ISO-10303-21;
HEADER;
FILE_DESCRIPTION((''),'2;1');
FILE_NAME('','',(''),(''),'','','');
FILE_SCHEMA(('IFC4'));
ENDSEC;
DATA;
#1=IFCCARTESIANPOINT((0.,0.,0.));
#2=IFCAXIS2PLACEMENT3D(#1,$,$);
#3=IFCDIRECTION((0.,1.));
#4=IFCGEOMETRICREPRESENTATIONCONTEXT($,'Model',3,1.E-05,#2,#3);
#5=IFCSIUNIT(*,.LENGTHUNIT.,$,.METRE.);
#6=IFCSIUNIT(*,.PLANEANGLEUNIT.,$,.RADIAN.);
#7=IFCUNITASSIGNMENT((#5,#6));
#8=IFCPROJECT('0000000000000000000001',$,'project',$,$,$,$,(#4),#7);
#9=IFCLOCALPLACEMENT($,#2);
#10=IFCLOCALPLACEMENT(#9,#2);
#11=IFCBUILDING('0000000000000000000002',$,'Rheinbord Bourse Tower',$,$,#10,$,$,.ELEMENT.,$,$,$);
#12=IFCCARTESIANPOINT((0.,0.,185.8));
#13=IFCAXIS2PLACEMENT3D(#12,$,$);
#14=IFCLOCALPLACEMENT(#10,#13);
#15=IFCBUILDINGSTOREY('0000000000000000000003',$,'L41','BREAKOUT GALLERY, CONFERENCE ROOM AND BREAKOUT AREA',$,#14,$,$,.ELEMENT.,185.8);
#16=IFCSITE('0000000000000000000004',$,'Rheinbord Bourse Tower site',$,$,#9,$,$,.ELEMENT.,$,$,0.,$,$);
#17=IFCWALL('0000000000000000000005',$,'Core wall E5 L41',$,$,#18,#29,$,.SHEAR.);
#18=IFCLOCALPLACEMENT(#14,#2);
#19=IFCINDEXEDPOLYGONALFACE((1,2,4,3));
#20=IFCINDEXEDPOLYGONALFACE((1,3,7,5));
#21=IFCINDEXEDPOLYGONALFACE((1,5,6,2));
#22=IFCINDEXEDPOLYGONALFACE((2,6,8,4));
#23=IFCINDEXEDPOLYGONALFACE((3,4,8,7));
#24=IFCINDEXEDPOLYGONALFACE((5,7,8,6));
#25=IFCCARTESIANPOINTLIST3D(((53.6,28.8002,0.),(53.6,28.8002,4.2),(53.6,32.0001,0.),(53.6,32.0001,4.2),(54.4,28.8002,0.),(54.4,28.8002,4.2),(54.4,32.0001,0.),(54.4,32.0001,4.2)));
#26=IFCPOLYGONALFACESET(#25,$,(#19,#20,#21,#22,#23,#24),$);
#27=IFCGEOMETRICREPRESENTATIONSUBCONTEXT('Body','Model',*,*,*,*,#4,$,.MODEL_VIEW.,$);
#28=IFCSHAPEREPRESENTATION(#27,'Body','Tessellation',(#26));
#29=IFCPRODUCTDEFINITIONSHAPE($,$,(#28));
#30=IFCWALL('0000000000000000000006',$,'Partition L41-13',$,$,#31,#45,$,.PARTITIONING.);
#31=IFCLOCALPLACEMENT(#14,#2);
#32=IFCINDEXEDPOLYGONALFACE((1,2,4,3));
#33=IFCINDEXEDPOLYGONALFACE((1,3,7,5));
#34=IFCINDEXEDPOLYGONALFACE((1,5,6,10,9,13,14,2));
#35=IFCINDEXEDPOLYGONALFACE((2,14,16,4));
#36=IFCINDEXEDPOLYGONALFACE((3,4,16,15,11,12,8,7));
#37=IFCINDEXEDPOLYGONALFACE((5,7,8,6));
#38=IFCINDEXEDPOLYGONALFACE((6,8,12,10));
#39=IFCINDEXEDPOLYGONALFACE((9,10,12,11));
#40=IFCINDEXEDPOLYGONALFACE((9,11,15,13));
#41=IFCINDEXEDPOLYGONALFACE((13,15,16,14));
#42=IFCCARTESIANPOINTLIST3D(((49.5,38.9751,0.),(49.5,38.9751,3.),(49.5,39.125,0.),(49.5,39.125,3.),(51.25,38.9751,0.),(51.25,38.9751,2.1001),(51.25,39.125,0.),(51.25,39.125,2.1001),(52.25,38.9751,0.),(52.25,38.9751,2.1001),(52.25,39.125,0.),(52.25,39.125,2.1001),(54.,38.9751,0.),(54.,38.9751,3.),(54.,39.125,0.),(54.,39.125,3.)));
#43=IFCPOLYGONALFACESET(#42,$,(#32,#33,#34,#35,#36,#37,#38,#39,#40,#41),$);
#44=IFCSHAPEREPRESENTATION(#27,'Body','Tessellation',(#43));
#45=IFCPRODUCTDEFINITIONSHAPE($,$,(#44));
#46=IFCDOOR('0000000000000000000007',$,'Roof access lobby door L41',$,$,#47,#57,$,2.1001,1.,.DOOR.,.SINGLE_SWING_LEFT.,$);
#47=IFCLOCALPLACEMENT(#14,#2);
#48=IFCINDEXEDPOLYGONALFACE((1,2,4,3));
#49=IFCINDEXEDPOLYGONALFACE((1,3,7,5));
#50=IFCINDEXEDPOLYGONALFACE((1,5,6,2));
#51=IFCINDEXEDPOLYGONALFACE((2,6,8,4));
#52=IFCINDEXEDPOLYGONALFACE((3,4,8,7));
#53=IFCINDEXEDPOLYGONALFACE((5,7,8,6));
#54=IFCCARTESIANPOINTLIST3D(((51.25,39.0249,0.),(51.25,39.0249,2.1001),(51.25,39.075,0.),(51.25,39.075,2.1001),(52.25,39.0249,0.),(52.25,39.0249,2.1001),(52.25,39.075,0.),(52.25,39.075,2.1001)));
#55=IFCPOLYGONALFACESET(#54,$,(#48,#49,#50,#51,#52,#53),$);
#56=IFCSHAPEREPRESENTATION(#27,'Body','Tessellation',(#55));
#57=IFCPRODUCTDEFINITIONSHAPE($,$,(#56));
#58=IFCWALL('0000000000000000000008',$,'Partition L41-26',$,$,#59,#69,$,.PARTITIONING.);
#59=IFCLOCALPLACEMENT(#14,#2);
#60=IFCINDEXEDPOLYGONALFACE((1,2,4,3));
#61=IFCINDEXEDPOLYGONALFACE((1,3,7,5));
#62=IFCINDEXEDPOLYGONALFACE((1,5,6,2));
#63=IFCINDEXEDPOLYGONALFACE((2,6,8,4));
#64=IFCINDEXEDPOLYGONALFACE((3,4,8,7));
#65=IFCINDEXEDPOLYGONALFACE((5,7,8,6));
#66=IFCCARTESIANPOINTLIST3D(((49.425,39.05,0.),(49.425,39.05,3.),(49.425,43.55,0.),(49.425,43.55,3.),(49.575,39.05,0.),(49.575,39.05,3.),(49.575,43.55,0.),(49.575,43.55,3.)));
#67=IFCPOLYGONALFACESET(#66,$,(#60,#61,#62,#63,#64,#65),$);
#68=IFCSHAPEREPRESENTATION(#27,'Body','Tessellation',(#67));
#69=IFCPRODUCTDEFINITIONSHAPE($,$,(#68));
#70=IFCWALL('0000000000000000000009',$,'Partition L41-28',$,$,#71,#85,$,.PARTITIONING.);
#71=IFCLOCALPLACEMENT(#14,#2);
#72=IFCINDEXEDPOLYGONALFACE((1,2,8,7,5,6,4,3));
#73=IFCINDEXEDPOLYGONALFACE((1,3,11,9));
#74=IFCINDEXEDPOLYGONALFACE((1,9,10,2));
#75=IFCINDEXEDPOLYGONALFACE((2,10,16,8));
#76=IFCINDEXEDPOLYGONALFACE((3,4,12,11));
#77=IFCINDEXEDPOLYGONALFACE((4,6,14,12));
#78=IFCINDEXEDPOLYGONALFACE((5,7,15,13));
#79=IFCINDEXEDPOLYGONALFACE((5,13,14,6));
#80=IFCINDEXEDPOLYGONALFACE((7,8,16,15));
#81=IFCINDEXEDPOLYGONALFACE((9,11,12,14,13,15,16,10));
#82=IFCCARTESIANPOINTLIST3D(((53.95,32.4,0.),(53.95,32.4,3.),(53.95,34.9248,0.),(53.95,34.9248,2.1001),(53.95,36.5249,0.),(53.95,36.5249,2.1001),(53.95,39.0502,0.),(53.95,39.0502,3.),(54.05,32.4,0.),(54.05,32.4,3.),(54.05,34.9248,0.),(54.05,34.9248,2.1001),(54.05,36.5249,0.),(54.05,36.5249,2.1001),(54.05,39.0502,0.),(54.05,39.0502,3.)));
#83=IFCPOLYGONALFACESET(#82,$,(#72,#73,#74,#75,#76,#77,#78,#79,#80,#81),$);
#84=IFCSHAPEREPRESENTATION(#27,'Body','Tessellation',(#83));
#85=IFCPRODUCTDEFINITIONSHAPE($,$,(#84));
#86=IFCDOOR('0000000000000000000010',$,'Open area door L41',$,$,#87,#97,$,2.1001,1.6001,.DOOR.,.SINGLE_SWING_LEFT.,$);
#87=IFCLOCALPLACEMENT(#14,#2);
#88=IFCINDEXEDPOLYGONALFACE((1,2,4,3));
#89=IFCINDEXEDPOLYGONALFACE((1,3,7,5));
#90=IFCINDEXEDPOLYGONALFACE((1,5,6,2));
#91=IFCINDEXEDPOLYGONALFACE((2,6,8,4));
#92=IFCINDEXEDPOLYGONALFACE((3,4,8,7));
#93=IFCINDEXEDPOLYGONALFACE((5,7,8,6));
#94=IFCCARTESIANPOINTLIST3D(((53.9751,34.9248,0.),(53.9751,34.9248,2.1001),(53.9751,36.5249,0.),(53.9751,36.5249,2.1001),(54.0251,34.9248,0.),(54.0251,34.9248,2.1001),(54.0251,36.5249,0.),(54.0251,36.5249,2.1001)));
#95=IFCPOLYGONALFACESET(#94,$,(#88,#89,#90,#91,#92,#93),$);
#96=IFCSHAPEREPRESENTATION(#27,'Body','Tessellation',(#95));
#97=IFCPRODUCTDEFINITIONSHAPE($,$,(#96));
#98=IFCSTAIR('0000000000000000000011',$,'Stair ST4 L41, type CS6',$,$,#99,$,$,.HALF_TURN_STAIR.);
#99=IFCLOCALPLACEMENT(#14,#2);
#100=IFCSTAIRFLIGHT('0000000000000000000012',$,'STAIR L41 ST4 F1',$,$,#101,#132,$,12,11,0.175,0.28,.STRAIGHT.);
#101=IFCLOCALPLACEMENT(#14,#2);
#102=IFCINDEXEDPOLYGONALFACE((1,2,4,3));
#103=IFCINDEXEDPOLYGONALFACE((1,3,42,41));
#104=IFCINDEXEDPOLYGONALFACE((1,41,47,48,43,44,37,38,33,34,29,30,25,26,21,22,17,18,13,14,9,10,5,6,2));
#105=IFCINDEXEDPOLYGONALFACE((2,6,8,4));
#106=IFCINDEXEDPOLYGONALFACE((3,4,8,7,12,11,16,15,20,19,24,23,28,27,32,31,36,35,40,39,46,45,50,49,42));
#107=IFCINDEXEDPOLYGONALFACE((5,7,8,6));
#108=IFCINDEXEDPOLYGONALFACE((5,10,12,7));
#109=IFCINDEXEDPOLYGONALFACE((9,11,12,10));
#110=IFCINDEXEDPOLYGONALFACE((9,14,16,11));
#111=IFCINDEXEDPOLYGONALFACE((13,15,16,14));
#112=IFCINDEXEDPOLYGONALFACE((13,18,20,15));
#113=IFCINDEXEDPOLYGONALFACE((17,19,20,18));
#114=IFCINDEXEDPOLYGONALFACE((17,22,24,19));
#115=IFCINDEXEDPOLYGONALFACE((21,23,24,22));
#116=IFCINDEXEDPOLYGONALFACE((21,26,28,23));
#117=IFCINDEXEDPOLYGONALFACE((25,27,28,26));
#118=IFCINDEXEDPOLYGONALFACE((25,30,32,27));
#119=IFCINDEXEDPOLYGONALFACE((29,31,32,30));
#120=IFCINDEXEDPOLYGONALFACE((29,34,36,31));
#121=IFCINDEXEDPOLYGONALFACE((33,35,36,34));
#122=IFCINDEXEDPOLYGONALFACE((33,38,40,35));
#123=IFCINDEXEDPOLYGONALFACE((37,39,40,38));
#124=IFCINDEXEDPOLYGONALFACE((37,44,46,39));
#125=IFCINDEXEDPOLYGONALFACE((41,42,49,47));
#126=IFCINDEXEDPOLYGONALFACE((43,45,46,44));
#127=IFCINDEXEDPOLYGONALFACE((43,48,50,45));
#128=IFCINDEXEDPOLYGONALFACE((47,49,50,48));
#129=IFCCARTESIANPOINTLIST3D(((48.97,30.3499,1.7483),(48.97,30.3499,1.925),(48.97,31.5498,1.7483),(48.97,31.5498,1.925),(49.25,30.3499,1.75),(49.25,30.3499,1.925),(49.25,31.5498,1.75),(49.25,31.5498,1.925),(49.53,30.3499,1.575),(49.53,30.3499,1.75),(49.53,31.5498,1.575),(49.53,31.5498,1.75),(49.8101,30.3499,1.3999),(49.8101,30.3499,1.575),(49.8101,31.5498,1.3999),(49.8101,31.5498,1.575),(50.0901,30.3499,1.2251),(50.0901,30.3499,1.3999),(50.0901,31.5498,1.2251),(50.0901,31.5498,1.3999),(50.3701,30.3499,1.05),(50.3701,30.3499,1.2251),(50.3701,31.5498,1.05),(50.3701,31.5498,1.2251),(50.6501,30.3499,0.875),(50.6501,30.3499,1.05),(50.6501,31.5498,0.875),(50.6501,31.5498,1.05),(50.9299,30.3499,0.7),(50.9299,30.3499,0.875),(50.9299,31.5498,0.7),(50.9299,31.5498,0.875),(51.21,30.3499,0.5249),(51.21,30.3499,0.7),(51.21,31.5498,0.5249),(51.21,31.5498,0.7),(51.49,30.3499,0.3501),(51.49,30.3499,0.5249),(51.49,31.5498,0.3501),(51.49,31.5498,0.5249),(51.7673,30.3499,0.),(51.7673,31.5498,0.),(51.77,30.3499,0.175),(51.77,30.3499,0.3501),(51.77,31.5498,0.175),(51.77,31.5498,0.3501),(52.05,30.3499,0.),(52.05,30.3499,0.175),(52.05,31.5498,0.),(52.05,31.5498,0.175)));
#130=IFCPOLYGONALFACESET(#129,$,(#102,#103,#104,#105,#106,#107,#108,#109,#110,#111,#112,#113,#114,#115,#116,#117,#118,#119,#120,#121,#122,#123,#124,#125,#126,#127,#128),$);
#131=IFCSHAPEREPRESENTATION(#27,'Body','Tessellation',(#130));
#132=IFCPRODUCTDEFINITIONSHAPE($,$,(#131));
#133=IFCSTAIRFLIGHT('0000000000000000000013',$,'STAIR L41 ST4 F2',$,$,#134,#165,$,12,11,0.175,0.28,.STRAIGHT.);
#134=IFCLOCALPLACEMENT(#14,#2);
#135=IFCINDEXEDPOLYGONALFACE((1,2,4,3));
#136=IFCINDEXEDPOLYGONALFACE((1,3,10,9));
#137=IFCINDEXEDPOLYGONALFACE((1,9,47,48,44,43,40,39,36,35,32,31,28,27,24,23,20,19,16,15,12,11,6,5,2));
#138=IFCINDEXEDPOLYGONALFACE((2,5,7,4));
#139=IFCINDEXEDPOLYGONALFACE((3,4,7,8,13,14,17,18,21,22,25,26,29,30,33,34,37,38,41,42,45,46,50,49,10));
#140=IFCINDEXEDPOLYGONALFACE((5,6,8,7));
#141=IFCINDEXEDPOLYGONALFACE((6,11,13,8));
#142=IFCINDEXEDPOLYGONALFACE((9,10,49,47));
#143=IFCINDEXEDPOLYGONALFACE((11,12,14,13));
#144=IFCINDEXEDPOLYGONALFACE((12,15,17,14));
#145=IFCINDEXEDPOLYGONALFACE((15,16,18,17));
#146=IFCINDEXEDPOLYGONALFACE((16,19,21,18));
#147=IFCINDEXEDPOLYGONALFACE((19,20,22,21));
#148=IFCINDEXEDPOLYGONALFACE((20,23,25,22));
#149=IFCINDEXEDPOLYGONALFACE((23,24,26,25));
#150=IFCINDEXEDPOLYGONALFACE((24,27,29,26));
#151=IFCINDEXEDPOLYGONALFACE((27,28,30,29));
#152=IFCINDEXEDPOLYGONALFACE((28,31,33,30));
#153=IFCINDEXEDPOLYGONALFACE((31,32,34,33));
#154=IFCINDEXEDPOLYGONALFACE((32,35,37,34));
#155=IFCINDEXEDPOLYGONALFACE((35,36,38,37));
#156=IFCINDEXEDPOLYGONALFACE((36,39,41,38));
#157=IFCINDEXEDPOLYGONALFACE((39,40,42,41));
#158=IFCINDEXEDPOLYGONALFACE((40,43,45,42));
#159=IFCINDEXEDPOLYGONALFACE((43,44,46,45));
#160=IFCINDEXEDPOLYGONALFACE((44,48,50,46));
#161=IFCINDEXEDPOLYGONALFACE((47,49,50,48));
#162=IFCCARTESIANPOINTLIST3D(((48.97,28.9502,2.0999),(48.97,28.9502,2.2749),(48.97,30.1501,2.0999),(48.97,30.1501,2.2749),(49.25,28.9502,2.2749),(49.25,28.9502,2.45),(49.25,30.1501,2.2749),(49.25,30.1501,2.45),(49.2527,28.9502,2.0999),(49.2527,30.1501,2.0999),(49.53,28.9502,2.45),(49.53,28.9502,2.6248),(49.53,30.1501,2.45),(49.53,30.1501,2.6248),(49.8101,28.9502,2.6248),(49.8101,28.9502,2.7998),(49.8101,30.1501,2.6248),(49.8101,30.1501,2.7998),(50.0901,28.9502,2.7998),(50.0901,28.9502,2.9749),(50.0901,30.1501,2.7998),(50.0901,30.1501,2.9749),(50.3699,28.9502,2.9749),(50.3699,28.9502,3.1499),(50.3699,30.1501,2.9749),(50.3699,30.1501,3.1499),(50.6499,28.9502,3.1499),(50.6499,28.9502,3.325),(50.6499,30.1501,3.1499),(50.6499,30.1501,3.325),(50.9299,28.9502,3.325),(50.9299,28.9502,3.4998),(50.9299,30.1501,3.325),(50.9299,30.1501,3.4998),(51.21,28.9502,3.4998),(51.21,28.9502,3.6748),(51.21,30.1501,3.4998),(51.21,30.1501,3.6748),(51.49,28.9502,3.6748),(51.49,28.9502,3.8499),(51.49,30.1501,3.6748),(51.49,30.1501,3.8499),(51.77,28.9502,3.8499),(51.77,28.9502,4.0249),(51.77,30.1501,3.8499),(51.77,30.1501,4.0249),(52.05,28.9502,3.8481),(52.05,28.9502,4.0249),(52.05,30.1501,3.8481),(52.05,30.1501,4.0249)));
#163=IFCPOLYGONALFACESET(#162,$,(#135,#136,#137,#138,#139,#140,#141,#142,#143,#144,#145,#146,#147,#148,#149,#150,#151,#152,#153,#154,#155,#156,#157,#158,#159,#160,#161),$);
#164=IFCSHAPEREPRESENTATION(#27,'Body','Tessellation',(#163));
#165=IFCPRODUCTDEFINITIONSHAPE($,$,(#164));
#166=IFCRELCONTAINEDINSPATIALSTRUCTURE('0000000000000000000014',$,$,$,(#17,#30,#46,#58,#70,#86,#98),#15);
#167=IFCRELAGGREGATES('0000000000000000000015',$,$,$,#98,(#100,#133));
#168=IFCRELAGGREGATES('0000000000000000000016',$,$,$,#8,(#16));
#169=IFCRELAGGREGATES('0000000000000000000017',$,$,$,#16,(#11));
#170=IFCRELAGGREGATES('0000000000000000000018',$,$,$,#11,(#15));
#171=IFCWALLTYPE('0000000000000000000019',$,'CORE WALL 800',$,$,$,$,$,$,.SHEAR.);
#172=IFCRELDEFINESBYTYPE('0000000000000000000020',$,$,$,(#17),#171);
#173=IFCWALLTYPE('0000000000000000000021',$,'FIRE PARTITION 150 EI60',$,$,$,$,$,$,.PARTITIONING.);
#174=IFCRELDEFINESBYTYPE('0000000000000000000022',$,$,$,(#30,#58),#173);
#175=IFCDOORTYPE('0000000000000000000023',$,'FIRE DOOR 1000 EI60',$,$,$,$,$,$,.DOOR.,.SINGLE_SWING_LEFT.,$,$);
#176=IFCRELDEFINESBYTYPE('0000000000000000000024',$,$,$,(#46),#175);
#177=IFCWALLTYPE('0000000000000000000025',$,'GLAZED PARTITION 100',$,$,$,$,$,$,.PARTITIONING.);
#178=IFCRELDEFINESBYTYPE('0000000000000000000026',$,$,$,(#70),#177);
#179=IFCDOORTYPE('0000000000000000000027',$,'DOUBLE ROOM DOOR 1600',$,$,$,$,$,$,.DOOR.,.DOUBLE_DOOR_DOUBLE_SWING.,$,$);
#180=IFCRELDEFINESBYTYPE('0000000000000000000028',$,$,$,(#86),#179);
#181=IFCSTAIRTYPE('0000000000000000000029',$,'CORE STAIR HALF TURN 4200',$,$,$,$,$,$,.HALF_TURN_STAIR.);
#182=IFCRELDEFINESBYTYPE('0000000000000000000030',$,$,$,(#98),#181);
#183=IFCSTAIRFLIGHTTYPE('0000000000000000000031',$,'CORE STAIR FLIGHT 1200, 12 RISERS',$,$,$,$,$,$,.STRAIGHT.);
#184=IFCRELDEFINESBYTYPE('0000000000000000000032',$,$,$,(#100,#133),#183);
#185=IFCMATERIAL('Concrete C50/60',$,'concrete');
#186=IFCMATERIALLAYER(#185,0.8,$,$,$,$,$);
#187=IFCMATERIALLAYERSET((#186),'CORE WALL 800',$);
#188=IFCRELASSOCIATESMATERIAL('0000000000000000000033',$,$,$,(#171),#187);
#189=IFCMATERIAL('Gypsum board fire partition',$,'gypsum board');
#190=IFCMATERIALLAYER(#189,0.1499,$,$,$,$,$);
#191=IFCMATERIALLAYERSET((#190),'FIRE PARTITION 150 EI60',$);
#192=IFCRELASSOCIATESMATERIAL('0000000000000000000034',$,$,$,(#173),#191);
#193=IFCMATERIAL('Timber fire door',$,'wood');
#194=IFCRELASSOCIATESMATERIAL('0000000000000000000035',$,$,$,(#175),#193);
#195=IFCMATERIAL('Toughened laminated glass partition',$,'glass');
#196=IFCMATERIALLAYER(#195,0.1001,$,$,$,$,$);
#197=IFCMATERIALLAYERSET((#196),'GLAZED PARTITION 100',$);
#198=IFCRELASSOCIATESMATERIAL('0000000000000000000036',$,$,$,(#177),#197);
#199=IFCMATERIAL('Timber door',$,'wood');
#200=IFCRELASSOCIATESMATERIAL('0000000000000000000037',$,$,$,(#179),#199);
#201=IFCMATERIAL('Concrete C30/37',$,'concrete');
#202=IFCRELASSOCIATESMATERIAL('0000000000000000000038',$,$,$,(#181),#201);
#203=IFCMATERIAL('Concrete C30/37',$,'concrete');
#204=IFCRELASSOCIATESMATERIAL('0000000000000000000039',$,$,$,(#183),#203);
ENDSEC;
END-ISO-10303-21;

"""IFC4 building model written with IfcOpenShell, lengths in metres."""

from ifc_helpers import new_model, si_unit, direction, frame, frame_2d, origin, place, context, subcontext, project, spatial, polyline, rectangle, outline, extrude, material, layer, layer_set, type_object, element, fill, aggregate, save


model = new_model("IFC4")

# Units and contexts
model_context = context("Model", 3, precision=1e-05, world=origin(), true_north=direction((0.0, 1.0)))
body_context = subcontext(model_context, "Body", "Model", "MODEL_VIEW")
ifc_project = project(units=[si_unit("LENGTHUNIT", "METRE"), si_unit("PLANEANGLEUNIT", "RADIAN")], contexts=[model_context])

# Site, building, storey
site_placement = place(None, origin())
site = spatial("IfcSite", under=ifc_project, at=site_placement, Name="Rheinbord Bourse Tower site", CompositionType="ELEMENT", RefElevation=0.0)
building_placement = place(site_placement, origin())
building = spatial("IfcBuilding", under=site, at=building_placement, Name="Rheinbord Bourse Tower", CompositionType="ELEMENT")
storey_placement = place(building_placement, frame((0.0, 0.0, 185.8)))
storey = spatial("IfcBuildingStorey", under=building, at=storey_placement, Name="L41", Description="BREAKOUT GALLERY, CONFERENCE ROOM AND BREAKOUT AREA", CompositionType="ELEMENT", Elevation=185.8)

# Shared definitions
ifc_material_1 = material(Name="Concrete C50/60", Category="concrete")
ifc_layer_1 = layer(ifc_material_1, 0.8)
ifc_layer_set_1 = layer_set([ifc_layer_1], Name="CORE WALL 800")
wall_type_1 = type_object("IfcWallType", Name="CORE WALL 800", PredefinedType="SHEAR", material=ifc_layer_set_1)

# Wall
wall_1_placement = place(storey_placement, frame((54.0, 28.8, 0.0), z_axis=(0.0, 0.0, 1.0), x_axis=(0.0, 1.0, 0.0)))
element("IfcWall", 1, at=wall_1_placement, inside=storey, type_object=wall_type_1, Name="Core wall E5 L41", PredefinedType="SHEAR", context=body_context, shape_type="SweptSolid", body=[
    extrude(rectangle(XDim=3.2, YDim=0.8, at=frame_2d((1.6001, 0.0))), origin(), (0.0, 0.0, 1.0), 4.2),
])

# Wall, opening, door
ifc_material_2 = material(Name="Gypsum board fire partition", Category="gypsum board")
ifc_layer_2 = layer(ifc_material_2, 0.1499)
ifc_layer_set_2 = layer_set([ifc_layer_2], Name="FIRE PARTITION 150 EI60")
wall_type_2 = type_object("IfcWallType", Name="FIRE PARTITION 150 EI60", PredefinedType="PARTITIONING", material=ifc_layer_set_2)
wall_2_placement = place(storey_placement, frame((49.5, 39.05, 0.0), z_axis=(0.0, 0.0, 1.0), x_axis=(1.0, 0.0, 0.0)))
wall_2 = element("IfcWall", 2, at=wall_2_placement, inside=storey, type_object=wall_type_2, Name="Partition L41-13", PredefinedType="PARTITIONING", context=body_context, shape_type="SweptSolid", body=[
    extrude(rectangle(XDim=4.5, YDim=0.1499, at=frame_2d((2.25, 0.0))), origin(), (0.0, 0.0, 1.0), 3.0),
])
opening_1_placement = place(wall_2_placement, frame((1.75, 0.0, 0.0)))
opening_1 = element("IfcOpeningElement", 3, at=opening_1_placement, cuts=wall_2, PredefinedType="OPENING", context=body_context, shape_type="SweptSolid", body=[
    extrude(rectangle(XDim=1.0, YDim=2.1001, at=frame_2d((0.5, 1.05))), frame((0.0, 0.085, 0.0), z_axis=(0.0, -1.0, 0.0), x_axis=(1.0, 0.0, 0.0)), (0.0, 0.0, 1.0), 0.1699),
])
ifc_material_3 = material(Name="Timber fire door", Category="wood")
door_type_1 = type_object("IfcDoorType", Name="FIRE DOOR 1000 EI60", OperationType="SINGLE_SWING_LEFT", PredefinedType="DOOR", material=ifc_material_3)
door_1_placement = place(opening_1_placement, origin())
door_1 = element("IfcDoor", 4, at=door_1_placement, inside=storey, type_object=door_type_1, Name="Roof access lobby door L41", OperationType="SINGLE_SWING_LEFT", OverallHeight=2.1001, OverallWidth=1.0, PredefinedType="DOOR", context=body_context, shape_type="SweptSolid", body=[
    extrude(rectangle(XDim=1.0, YDim=2.1001, at=frame_2d((0.5, 1.05))), frame((0.0, 0.0249, 0.0), z_axis=(0.0, -1.0, 0.0), x_axis=(1.0, 0.0, 0.0)), (0.0, 0.0, 1.0), 0.05),
])
fill(opening_1, door_1)

# Wall
wall_3_placement = place(storey_placement, frame((49.5, 39.05, 0.0), z_axis=(0.0, 0.0, 1.0), x_axis=(0.0, 1.0, 0.0)))
element("IfcWall", 5, at=wall_3_placement, inside=storey, type_object=wall_type_2, Name="Partition L41-26", PredefinedType="PARTITIONING", context=body_context, shape_type="SweptSolid", body=[
    extrude(rectangle(XDim=4.5, YDim=0.1499, at=frame_2d((2.25, 0.0))), origin(), (0.0, 0.0, 1.0), 3.0),
])

# Wall, opening, door
ifc_material_4 = material(Name="Toughened laminated glass partition", Category="glass")
ifc_layer_3 = layer(ifc_material_4, 0.1001)
ifc_layer_set_3 = layer_set([ifc_layer_3], Name="GLAZED PARTITION 100")
wall_type_3 = type_object("IfcWallType", Name="GLAZED PARTITION 100", PredefinedType="PARTITIONING", material=ifc_layer_set_3)
wall_4_placement = place(storey_placement, frame((54.0, 32.3999, 0.0), z_axis=(0.0, 0.0, 1.0), x_axis=(0.0, 1.0, 0.0)))
wall_4 = element("IfcWall", 6, at=wall_4_placement, inside=storey, type_object=wall_type_3, Name="Partition L41-28", PredefinedType="PARTITIONING", context=body_context, shape_type="SweptSolid", body=[
    extrude(rectangle(XDim=6.6501, YDim=0.1001, at=frame_2d((3.3252, 0.0))), origin(), (0.0, 0.0, 1.0), 3.0),
])
opening_2_placement = place(wall_4_placement, frame((2.5249, 0.0, 0.0)))
opening_2 = element("IfcOpeningElement", 7, at=opening_2_placement, cuts=wall_4, PredefinedType="OPENING", context=body_context, shape_type="SweptSolid", body=[
    extrude(rectangle(XDim=1.6001, YDim=2.1001, at=frame_2d((0.8, 1.05))), frame((0.0, 0.0601, 0.0), z_axis=(0.0, -1.0, 0.0), x_axis=(1.0, 0.0, 0.0)), (0.0, 0.0, 1.0), 0.1201),
])
ifc_material_5 = material(Name="Timber door", Category="wood")
door_type_2 = type_object("IfcDoorType", Name="DOUBLE ROOM DOOR 1600", OperationType="DOUBLE_DOOR_DOUBLE_SWING", PredefinedType="DOOR", material=ifc_material_5)
door_2_placement = place(opening_2_placement, origin())
door_2 = element("IfcDoor", 8, at=door_2_placement, inside=storey, type_object=door_type_2, Name="Open area door L41", OperationType="SINGLE_SWING_LEFT", OverallHeight=2.1001, OverallWidth=1.6001, PredefinedType="DOOR", context=body_context, shape_type="SweptSolid", body=[
    extrude(rectangle(XDim=1.6001, YDim=2.1001, at=frame_2d((0.8, 1.05))), frame((0.0, 0.0249, 0.0), z_axis=(0.0, -1.0, 0.0), x_axis=(1.0, 0.0, 0.0)), (0.0, 0.0, 1.0), 0.05),
])
fill(opening_2, door_2)

# Stair, stair flights
ifc_material_6 = material(Name="Concrete C30/37", Category="concrete")
stair_type = type_object("IfcStairType", Name="CORE STAIR HALF TURN 4200", PredefinedType="HALF_TURN_STAIR", material=ifc_material_6)
stair_placement = place(storey_placement, origin())
stair = element("IfcStair", 9, at=stair_placement, inside=storey, type_object=stair_type, Name="Stair ST4 L41, type CS6", PredefinedType="HALF_TURN_STAIR")
ifc_material_7 = material(Name="Concrete C30/37", Category="concrete")
stair_flight_type = type_object("IfcStairFlightType", Name="CORE STAIR FLIGHT 1200, 12 RISERS", PredefinedType="STRAIGHT", material=ifc_material_7)
stair_flight_1_placement = place(storey_placement, frame((52.05, 30.95, 0.0), z_axis=(0.0, 0.0, 1.0), x_axis=(-1.0, 0.0, 0.0)))
stair_flight_1 = element("IfcStairFlight", 10, at=stair_flight_1_placement, type_object=stair_flight_type, Name="STAIR L41 ST4 F1", NumberOfRisers=12, NumberOfTreads=11, PredefinedType="STRAIGHT", RiserHeight=0.175, TreadLength=0.28, context=body_context, shape_type="SweptSolid", body=[
    extrude(outline(polyline([(0.0, 0.0), (0.0, 0.175), (0.28, 0.175), (0.28, 0.3501), (0.5601, 0.3501), (0.5601, 0.5249), (0.8401, 0.5249), (0.8401, 0.7), (1.1201, 0.7), (1.1201, 0.875), (1.3999, 0.875), (1.3999, 1.05), (1.6799, 1.05), (1.6799, 1.2251), (1.96, 1.2251), (1.96, 1.3999), (2.24, 1.3999), (2.24, 1.575), (2.52, 1.575), (2.52, 1.75), (2.8, 1.75), (2.8, 1.925), (3.0801, 1.925), (3.0801, 2.1001), (3.0801, 1.7483), (0.2827, 0.0), (0.0, 0.0)])), frame((0.0, 0.6001, 0.0), z_axis=(0.0, -1.0, 0.0), x_axis=(1.0, 0.0, 0.0)), (0.0, 0.0, 1.0), 1.2),
])
stair_flight_2_placement = place(storey_placement, frame((48.97, 29.55, 2.0999), z_axis=(0.0, 0.0, 1.0), x_axis=(1.0, 0.0, 0.0)))
stair_flight_2 = element("IfcStairFlight", 11, at=stair_flight_2_placement, type_object=stair_flight_type, Name="STAIR L41 ST4 F2", NumberOfRisers=12, NumberOfTreads=11, PredefinedType="STRAIGHT", RiserHeight=0.175, TreadLength=0.28, context=body_context, shape_type="SweptSolid", body=[
    extrude(outline(polyline([(0.0, 0.0), (0.0, 0.175), (0.28, 0.175), (0.28, 0.3501), (0.5601, 0.3501), (0.5601, 0.5249), (0.8401, 0.5249), (0.8401, 0.7), (1.1201, 0.7), (1.1201, 0.875), (1.3999, 0.875), (1.3999, 1.05), (1.6799, 1.05), (1.6799, 1.2251), (1.96, 1.2251), (1.96, 1.3999), (2.24, 1.3999), (2.24, 1.575), (2.52, 1.575), (2.52, 1.75), (2.8, 1.75), (2.8, 1.925), (3.0801, 1.925), (3.0801, 2.1001), (3.0801, 1.7483), (0.2827, 0.0), (0.0, 0.0)])), frame((0.0, 0.6001, 0.0), z_axis=(0.0, -1.0, 0.0), x_axis=(1.0, 0.0, 0.0)), (0.0, 0.0, 1.0), 1.2),
])
aggregate(stair, [stair_flight_1, stair_flight_2])

save(model, "model.ifc")
